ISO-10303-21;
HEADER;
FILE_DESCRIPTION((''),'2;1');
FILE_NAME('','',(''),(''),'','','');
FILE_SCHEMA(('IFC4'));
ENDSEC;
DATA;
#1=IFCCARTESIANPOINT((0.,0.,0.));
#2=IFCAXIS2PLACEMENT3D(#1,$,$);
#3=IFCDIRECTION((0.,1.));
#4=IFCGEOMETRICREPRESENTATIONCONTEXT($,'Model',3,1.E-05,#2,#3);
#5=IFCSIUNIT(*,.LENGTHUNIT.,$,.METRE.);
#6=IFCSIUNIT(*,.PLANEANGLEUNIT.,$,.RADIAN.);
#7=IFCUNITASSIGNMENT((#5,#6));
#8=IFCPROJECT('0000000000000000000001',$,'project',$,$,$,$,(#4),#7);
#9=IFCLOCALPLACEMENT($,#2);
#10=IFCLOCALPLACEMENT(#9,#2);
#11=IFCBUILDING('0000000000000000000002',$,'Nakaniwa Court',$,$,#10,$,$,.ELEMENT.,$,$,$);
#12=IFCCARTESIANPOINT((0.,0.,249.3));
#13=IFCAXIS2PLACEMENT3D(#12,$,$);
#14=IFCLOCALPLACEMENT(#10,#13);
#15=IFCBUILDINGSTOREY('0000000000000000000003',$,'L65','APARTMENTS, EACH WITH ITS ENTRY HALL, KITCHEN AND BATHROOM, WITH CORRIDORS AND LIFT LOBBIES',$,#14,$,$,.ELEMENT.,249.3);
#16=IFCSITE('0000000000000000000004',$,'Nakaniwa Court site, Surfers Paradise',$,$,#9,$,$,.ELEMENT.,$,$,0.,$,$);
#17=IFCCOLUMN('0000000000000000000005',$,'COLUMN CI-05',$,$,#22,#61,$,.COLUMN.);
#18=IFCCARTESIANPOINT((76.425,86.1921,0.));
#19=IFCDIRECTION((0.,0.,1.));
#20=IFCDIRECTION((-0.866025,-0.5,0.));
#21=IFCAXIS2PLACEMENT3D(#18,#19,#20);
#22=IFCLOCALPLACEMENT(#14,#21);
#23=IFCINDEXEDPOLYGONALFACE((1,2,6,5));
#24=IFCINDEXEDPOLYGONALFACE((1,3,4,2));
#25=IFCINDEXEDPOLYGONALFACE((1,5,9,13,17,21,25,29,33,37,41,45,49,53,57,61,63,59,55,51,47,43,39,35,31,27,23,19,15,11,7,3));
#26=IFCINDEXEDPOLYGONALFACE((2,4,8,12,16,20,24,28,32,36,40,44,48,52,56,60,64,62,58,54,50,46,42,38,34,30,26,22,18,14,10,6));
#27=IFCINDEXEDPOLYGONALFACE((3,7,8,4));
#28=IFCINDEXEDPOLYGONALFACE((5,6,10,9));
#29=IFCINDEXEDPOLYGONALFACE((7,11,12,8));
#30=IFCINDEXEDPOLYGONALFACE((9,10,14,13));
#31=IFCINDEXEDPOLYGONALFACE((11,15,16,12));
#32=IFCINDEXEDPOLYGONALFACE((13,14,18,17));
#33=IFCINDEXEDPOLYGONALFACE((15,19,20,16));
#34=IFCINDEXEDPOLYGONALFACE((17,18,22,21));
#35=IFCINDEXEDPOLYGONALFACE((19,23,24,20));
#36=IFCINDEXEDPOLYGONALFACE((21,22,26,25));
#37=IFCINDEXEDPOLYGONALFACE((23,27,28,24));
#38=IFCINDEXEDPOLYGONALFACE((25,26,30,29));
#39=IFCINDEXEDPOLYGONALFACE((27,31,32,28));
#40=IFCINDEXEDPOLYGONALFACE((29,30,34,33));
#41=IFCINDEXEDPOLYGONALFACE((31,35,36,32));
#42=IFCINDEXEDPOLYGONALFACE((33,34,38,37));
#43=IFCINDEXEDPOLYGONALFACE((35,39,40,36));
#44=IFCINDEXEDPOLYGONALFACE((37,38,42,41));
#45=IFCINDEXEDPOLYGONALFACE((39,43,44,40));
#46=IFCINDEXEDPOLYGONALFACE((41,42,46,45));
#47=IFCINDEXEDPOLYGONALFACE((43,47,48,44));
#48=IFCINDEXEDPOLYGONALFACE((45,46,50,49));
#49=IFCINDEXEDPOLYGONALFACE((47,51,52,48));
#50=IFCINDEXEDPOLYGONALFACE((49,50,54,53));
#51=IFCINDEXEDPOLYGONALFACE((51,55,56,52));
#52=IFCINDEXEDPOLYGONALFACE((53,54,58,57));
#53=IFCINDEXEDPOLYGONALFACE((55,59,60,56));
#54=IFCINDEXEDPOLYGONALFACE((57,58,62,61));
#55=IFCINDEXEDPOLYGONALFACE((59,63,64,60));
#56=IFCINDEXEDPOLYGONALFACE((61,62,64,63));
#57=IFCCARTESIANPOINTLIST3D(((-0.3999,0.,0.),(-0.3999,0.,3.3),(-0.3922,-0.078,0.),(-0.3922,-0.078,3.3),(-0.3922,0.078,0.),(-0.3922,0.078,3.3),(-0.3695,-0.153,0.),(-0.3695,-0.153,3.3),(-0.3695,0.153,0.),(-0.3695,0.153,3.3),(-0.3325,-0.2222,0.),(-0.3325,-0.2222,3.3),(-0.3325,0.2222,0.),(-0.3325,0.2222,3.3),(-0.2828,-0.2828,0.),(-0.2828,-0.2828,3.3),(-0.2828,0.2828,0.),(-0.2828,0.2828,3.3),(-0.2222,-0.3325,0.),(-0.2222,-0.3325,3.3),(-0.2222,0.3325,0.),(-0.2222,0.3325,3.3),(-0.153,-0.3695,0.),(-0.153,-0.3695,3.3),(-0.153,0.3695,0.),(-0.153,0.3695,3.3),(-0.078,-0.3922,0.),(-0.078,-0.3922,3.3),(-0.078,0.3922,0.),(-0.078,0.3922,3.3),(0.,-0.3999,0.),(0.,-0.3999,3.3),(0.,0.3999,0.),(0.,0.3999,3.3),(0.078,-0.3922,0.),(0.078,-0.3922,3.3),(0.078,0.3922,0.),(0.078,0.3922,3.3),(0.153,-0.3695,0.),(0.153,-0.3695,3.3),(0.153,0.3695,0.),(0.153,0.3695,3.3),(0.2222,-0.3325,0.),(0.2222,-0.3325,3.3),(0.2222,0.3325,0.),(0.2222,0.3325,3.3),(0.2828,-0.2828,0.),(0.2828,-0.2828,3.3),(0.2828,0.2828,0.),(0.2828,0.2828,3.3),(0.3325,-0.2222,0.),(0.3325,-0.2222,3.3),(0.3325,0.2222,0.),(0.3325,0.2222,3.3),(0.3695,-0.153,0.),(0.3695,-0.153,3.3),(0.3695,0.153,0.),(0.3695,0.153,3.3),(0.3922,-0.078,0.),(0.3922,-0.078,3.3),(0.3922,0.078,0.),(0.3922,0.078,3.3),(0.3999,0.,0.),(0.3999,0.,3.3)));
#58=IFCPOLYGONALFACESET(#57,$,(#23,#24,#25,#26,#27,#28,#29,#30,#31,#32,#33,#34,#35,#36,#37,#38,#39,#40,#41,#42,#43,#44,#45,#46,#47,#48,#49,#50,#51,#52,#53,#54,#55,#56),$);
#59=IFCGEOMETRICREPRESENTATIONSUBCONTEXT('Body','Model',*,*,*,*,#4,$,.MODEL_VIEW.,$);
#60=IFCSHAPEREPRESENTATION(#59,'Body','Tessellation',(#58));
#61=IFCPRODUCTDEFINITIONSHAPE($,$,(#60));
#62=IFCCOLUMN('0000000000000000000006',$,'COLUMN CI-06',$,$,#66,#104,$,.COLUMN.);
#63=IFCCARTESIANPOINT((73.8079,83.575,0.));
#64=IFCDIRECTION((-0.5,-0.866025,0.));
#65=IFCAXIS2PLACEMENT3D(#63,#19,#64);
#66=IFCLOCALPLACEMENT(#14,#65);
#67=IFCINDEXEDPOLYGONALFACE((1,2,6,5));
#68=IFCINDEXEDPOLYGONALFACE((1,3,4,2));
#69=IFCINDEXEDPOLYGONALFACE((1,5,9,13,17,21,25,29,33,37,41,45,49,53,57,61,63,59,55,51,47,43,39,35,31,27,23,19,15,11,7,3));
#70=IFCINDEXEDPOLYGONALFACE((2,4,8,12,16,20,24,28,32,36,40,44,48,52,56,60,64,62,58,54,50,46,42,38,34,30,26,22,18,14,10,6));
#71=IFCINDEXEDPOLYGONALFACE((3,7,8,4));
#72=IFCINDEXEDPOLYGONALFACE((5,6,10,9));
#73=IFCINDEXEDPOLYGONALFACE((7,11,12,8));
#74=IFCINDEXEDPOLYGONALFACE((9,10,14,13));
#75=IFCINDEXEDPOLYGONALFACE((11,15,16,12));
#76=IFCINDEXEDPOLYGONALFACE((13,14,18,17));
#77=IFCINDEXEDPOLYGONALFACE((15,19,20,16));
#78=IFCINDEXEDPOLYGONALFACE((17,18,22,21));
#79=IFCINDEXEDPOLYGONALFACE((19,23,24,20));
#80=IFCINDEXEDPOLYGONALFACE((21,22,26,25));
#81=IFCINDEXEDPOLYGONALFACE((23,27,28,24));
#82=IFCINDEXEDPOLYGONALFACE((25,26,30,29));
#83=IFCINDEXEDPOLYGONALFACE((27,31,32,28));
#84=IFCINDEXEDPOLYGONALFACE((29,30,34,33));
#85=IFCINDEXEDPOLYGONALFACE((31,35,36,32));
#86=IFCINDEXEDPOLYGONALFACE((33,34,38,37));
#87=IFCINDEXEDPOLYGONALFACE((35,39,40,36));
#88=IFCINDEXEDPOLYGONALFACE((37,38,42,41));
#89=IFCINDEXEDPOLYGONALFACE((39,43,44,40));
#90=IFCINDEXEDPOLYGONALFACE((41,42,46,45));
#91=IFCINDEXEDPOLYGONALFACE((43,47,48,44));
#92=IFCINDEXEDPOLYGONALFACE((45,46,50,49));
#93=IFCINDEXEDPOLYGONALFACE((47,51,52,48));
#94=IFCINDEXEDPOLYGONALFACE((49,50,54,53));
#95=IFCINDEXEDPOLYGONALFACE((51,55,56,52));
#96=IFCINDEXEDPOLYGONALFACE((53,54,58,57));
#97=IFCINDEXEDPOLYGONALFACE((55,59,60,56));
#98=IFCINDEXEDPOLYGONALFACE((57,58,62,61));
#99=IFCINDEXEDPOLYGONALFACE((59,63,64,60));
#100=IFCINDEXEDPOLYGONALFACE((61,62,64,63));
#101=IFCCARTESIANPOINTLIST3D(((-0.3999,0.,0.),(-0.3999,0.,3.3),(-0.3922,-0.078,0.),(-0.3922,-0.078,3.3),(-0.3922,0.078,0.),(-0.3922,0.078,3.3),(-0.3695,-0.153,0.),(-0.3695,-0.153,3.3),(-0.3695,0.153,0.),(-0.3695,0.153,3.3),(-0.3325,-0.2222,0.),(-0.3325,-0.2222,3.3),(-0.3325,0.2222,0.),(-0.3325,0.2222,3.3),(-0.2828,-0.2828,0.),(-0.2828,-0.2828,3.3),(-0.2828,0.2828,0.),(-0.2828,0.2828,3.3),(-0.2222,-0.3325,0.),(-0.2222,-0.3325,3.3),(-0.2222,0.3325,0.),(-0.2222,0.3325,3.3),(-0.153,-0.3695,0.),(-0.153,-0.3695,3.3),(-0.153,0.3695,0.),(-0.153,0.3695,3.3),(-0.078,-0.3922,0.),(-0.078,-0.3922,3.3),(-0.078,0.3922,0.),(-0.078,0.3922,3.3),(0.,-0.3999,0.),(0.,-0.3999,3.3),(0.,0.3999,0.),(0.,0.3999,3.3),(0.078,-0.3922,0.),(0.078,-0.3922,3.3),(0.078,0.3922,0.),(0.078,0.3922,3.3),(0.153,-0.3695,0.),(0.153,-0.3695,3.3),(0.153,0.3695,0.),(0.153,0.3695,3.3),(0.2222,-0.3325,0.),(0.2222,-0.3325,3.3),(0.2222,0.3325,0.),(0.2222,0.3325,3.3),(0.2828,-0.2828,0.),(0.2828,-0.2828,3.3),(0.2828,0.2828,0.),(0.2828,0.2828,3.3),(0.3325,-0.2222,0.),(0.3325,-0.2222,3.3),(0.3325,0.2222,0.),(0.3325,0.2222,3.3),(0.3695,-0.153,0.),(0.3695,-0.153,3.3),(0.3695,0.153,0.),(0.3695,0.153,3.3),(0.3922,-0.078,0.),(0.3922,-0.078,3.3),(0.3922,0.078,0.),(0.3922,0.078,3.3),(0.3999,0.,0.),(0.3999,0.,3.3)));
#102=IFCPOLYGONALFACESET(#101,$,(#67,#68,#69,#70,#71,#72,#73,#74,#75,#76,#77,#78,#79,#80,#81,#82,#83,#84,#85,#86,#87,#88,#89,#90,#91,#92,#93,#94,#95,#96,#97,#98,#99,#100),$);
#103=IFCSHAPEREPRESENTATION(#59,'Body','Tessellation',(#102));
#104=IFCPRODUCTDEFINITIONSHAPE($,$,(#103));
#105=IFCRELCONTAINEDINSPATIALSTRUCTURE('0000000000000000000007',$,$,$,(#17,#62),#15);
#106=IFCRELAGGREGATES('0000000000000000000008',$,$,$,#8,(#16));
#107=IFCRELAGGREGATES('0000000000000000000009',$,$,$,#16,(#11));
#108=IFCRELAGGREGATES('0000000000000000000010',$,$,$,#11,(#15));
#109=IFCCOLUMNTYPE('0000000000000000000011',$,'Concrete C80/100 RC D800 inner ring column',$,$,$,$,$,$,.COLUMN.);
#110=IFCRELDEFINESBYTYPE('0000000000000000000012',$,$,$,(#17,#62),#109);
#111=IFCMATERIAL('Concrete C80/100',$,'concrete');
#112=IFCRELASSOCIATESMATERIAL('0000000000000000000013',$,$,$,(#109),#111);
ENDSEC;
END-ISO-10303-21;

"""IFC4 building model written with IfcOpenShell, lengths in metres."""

from ifc_helpers import new_model, si_unit, direction, frame, origin, origin_2d, place, context, subcontext, project, spatial, circle, extrude, material, material_profile, profile_set, type_object, element, save


model = new_model("IFC4")

# Units and contexts
model_context = context("Model", 3, precision=1e-05, world=origin(), true_north=direction((0.0, 1.0)))
body_context = subcontext(model_context, "Body", "Model", "MODEL_VIEW")
ifc_project = project(units=[si_unit("LENGTHUNIT", "METRE"), si_unit("PLANEANGLEUNIT", "RADIAN")], contexts=[model_context])

# Site, building, storey
site_placement = place(None, origin())
site = spatial("IfcSite", under=ifc_project, at=site_placement, Name="Nakaniwa Court site, Surfers Paradise", CompositionType="ELEMENT", RefElevation=0.0)
building_placement = place(site_placement, origin())
building = spatial("IfcBuilding", under=site, at=building_placement, Name="Nakaniwa Court", CompositionType="ELEMENT")
storey_placement = place(building_placement, frame((0.0, 0.0, 249.3)))
storey = spatial("IfcBuildingStorey", under=building, at=storey_placement, Name="L65", Description="APARTMENTS, EACH WITH ITS ENTRY HALL, KITCHEN AND BATHROOM, WITH CORRIDORS AND LIFT LOBBIES", CompositionType="ELEMENT", Elevation=249.3)

# Columns
ifc_material_1 = material(Name="Concrete C80/100", Category="concrete")
ifc_material_profile_1 = material_profile(ifc_material_1, circle(Radius=0.3999, at=origin_2d()), Name="Concrete C80/100 RC D800 inner ring column")
ifc_profile_set_1 = profile_set([ifc_material_profile_1], Name="Concrete C80/100")
column_type_1 = type_object("IfcColumnType", Name="Concrete C80/100 RC D800 inner ring column", PredefinedType="COLUMN", material=ifc_profile_set_1)
for number, where, z_axis, x_axis, name in (
    (1, (76.425, 86.1921, 0.0), (0.0, 0.0, 1.0), (-0.866025, -0.5, 0.0), "COLUMN CI-05"),
    (2, (73.8079, 83.575, 0.0), (0.0, 0.0, 1.0), (-0.5, -0.866025, 0.0), "COLUMN CI-06"),
):
    element("IfcColumn", number, at=place(storey_placement, frame(where, z_axis=z_axis, x_axis=x_axis)), inside=storey, type_object=column_type_1, Name=name, PredefinedType="COLUMN", context=body_context, shape_type="SweptSolid", body=[
        extrude(circle(Radius=0.3999, at=origin_2d()), origin(), (0.0, 0.0, 1.0), 3.3),
    ])

save(model, "model.ifc")
